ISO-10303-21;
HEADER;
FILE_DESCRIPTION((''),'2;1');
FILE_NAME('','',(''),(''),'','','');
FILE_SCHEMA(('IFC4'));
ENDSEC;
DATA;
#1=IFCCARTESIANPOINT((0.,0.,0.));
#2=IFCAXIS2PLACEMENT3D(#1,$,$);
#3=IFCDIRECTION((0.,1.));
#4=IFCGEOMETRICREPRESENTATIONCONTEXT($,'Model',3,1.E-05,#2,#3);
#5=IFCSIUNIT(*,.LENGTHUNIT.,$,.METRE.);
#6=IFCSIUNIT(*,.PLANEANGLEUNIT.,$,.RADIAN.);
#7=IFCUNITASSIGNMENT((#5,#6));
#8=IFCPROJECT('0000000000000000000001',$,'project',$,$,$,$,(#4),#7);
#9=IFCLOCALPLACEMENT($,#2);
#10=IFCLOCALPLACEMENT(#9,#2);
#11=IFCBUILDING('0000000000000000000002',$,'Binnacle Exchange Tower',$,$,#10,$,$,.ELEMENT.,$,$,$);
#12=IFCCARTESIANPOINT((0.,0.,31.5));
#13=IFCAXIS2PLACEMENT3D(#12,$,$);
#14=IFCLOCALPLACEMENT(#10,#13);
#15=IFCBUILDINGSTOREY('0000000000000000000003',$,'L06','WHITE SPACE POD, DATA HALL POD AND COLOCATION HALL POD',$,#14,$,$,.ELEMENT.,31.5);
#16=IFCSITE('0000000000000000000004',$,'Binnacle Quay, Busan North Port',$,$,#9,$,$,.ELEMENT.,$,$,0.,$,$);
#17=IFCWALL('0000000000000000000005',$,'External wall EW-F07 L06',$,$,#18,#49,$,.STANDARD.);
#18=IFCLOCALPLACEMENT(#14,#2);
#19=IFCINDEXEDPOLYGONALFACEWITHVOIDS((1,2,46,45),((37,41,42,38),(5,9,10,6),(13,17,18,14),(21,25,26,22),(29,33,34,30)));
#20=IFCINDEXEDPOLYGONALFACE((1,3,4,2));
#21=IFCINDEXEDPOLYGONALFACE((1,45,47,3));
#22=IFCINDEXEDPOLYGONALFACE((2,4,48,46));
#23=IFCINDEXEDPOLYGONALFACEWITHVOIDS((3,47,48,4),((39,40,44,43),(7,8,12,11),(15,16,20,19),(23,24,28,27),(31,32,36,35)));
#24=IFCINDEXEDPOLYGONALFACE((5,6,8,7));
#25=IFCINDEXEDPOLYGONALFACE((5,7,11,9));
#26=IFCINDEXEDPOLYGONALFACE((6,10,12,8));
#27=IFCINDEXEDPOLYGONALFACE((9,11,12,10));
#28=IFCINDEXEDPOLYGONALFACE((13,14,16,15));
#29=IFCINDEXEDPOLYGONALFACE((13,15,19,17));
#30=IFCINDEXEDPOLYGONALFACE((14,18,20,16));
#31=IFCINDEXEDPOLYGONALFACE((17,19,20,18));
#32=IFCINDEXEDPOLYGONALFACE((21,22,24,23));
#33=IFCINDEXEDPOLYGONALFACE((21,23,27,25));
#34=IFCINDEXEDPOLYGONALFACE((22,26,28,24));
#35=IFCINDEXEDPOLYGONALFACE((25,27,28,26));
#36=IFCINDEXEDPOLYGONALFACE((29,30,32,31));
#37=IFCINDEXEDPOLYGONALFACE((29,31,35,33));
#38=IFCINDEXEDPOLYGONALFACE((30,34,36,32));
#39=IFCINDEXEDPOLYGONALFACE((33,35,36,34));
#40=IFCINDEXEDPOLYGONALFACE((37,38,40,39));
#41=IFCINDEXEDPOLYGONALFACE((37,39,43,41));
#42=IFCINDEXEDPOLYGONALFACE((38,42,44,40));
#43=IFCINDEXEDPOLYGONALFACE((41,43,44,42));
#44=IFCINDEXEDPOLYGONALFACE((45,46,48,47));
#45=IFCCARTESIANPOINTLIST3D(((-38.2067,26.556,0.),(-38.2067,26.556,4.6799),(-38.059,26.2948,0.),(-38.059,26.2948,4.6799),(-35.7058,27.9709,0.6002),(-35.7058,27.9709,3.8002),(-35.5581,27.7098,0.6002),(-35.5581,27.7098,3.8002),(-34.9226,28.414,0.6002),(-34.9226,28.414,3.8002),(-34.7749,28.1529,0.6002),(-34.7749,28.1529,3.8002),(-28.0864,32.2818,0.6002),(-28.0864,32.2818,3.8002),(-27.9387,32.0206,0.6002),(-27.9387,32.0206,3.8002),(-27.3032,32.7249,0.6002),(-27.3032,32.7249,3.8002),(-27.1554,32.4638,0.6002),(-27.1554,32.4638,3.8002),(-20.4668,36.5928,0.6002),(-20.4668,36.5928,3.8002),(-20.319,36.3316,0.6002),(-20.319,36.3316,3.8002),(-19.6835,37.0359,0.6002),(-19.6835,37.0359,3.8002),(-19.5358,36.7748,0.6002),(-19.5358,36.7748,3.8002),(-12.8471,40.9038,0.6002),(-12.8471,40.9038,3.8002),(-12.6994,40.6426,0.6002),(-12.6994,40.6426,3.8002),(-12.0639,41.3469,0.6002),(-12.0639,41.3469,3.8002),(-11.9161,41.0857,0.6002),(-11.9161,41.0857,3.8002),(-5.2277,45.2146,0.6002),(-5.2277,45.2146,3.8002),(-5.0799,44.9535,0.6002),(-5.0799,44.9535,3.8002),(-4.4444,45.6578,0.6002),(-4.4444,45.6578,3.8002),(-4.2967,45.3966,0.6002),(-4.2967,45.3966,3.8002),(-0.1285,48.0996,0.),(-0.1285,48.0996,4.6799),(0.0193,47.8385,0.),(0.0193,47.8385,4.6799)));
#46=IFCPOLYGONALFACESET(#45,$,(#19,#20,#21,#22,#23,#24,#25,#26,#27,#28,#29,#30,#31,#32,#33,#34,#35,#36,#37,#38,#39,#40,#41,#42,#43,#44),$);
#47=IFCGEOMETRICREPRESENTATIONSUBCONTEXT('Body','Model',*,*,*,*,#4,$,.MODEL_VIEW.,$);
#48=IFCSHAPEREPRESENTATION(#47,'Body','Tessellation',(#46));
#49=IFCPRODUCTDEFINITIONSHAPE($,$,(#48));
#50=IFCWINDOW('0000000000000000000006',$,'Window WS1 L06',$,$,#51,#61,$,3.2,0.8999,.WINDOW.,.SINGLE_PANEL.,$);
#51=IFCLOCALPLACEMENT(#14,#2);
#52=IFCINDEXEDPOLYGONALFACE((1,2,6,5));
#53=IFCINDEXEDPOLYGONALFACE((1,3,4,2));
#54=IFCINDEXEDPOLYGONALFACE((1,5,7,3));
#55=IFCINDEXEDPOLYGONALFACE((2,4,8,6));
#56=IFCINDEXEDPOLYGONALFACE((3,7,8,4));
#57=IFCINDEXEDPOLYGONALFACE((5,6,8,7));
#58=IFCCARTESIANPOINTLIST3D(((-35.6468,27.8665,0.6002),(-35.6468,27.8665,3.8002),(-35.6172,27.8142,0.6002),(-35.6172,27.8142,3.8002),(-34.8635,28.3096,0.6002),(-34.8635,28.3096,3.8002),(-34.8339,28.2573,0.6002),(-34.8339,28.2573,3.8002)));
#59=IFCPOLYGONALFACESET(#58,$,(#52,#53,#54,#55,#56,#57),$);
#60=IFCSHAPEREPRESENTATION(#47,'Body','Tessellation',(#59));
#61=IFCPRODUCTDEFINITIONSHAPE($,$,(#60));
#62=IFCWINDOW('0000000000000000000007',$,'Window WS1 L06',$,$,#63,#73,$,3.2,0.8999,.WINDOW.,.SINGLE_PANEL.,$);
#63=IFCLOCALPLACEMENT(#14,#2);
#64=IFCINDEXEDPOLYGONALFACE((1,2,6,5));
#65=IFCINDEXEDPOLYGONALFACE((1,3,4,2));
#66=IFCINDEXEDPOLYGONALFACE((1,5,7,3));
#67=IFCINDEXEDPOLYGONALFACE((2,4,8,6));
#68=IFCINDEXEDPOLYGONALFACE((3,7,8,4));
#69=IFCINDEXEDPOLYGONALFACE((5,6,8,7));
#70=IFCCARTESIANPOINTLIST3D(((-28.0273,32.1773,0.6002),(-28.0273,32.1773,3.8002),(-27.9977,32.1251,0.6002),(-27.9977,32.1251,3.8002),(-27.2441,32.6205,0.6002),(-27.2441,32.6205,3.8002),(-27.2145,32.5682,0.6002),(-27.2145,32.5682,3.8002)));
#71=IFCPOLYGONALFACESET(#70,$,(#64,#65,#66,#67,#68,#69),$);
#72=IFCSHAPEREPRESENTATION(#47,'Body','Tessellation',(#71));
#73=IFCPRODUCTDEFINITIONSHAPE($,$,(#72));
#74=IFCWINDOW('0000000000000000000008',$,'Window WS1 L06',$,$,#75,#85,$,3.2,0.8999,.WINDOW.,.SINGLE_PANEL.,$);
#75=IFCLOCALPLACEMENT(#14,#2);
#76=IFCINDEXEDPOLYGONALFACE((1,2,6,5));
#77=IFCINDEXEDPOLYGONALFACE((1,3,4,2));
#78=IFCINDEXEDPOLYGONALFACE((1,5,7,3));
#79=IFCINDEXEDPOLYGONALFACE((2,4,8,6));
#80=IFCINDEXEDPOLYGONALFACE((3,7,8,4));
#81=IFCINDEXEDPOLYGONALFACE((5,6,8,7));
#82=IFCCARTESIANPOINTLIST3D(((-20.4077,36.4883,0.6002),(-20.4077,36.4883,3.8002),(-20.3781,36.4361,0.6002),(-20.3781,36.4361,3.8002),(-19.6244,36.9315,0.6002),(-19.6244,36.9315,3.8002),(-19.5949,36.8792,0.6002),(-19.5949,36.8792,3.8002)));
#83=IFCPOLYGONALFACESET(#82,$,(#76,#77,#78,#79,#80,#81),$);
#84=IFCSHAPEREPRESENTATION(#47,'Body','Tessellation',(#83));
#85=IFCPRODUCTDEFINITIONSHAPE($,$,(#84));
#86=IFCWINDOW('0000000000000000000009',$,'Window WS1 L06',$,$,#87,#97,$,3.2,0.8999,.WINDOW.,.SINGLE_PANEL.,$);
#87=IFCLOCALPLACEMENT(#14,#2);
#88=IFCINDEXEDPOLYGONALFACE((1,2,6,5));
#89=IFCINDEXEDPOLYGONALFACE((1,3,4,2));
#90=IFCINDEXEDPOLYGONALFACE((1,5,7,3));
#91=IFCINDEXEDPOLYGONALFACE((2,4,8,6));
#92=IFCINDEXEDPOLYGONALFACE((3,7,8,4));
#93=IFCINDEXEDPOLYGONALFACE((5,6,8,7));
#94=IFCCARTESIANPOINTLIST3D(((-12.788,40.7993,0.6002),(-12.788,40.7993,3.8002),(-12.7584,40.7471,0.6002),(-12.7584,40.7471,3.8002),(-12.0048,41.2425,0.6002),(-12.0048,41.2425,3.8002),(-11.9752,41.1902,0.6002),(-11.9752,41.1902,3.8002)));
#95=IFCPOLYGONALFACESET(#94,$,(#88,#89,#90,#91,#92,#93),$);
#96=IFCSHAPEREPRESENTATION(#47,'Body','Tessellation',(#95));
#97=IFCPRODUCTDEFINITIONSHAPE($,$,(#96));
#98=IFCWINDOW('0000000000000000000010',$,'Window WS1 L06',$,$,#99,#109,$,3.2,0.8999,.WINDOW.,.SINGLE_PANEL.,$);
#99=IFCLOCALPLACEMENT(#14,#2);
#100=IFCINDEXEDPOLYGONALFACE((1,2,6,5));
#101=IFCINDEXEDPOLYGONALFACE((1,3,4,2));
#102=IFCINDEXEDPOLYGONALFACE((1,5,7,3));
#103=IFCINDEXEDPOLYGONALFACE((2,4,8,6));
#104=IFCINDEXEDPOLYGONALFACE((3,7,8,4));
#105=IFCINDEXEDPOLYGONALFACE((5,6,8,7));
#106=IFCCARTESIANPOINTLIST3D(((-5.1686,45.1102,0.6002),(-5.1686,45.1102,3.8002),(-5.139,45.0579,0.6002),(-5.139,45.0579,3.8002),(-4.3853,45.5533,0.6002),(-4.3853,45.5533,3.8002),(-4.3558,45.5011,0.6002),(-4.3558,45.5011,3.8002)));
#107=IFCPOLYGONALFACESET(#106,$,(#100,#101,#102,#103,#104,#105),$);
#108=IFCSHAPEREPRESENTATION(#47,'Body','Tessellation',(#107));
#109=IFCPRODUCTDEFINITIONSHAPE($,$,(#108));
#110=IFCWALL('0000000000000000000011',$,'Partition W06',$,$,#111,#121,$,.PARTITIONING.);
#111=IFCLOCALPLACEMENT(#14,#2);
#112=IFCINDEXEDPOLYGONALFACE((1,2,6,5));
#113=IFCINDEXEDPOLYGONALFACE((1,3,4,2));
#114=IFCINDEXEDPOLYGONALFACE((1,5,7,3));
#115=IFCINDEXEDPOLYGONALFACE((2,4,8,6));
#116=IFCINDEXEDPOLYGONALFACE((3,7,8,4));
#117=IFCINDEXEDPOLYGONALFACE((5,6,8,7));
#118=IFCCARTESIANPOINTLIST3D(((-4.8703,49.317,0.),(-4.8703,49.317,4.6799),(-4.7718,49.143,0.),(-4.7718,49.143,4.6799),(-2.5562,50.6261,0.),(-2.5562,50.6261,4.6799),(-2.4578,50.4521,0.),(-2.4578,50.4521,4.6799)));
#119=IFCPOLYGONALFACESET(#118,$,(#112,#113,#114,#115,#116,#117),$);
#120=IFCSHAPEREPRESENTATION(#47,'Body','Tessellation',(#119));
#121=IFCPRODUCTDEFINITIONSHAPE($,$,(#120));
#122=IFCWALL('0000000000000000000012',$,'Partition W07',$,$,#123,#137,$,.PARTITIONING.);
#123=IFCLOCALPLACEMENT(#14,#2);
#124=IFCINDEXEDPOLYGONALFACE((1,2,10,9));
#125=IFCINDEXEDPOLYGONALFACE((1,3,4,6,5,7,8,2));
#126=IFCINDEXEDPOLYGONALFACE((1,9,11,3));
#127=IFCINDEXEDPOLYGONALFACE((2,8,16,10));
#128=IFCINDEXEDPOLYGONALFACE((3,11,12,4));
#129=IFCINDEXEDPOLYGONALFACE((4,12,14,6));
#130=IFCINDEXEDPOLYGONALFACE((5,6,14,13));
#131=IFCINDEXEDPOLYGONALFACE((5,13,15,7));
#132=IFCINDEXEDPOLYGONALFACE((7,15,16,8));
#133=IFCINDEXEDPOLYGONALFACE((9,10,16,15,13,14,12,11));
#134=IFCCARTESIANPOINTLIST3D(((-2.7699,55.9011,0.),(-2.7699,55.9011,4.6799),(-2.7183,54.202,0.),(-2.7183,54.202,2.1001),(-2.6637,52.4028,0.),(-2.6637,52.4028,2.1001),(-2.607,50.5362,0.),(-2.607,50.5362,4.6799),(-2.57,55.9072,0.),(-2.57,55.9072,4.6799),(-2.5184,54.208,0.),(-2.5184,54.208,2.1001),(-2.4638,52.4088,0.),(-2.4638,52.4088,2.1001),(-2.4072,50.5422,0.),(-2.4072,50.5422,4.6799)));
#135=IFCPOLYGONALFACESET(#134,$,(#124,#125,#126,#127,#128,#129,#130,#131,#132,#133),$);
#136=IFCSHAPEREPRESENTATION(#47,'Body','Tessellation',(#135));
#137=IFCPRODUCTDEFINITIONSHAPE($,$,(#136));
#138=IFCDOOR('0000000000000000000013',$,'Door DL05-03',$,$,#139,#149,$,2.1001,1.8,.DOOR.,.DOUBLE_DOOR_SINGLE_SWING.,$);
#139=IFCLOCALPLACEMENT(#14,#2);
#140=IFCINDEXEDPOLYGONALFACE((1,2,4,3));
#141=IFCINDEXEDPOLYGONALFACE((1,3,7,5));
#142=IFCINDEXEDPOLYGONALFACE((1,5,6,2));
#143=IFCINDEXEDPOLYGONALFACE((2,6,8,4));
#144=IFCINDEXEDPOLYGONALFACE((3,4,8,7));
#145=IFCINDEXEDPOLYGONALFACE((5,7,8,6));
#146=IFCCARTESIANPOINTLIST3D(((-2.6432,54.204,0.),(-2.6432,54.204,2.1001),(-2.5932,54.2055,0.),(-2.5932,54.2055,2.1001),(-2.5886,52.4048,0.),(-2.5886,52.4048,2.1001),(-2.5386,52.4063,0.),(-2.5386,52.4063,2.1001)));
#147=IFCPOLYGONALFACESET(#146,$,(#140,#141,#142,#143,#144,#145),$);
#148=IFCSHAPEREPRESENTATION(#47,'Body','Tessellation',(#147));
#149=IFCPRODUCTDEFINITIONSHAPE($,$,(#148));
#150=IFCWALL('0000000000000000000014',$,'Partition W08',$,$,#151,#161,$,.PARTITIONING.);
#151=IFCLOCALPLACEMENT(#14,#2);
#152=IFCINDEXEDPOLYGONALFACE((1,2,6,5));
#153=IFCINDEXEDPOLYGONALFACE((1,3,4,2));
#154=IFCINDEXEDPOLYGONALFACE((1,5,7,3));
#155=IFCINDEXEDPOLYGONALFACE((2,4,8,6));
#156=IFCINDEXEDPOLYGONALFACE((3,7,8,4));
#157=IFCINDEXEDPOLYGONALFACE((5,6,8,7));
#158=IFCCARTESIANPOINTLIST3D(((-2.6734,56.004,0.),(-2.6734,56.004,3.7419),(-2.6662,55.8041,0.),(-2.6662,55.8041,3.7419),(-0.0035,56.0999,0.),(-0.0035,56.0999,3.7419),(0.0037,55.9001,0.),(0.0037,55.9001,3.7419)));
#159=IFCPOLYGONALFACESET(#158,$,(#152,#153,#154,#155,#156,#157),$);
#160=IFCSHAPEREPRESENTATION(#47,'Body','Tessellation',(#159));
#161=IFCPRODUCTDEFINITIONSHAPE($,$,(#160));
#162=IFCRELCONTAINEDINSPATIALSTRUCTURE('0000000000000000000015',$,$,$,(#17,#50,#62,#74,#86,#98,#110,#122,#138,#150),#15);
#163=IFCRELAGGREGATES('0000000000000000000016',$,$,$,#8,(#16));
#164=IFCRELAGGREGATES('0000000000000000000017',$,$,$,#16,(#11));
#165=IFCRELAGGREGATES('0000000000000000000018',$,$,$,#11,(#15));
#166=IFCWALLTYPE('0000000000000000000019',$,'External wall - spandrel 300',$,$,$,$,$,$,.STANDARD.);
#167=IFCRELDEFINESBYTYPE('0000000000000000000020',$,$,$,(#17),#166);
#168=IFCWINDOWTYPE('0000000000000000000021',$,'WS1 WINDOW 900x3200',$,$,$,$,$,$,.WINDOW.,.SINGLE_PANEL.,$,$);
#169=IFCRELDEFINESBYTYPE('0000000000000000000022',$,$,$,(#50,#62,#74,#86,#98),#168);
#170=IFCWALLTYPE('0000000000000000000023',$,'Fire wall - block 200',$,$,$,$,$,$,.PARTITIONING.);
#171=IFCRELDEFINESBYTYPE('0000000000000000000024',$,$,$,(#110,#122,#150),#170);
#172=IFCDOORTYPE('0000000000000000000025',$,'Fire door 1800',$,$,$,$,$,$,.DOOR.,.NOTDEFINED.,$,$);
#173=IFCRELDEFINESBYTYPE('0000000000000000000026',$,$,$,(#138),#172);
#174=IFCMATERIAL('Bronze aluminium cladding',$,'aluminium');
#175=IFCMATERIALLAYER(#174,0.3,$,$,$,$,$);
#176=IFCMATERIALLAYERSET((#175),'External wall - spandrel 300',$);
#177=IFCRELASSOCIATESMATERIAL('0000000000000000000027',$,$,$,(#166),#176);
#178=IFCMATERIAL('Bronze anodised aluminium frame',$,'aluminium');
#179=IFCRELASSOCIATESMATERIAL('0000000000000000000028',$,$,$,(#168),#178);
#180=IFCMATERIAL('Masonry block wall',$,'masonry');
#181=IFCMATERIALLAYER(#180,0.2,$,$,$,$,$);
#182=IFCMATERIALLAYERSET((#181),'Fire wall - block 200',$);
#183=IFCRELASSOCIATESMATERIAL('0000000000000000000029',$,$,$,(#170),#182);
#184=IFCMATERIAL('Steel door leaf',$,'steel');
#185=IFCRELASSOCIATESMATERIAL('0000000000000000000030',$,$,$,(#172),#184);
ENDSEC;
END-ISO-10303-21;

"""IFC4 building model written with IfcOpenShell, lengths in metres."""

from ifc_helpers import new_model, si_unit, direction, frame, frame_2d, origin, place, context, subcontext, project, spatial, rectangle, extrude, material, layer, layer_set, type_object, element, fill, save


model = new_model("IFC4")

# Units and contexts
model_context = context("Model", 3, precision=1e-05, world=origin(), true_north=direction((0.0, 1.0)))
body_context = subcontext(model_context, "Body", "Model", "MODEL_VIEW")
ifc_project = project(units=[si_unit("LENGTHUNIT", "METRE"), si_unit("PLANEANGLEUNIT", "RADIAN")], contexts=[model_context])

# Site, building, storey
site_placement = place(None, origin())
site = spatial("IfcSite", under=ifc_project, at=site_placement, Name="Binnacle Quay, Busan North Port", CompositionType="ELEMENT", RefElevation=0.0)
building_placement = place(site_placement, origin())
building = spatial("IfcBuilding", under=site, at=building_placement, Name="Binnacle Exchange Tower", CompositionType="ELEMENT")
storey_placement = place(building_placement, frame((0.0, 0.0, 31.5)))
storey = spatial("IfcBuildingStorey", under=building, at=storey_placement, Name="L06", Description="WHITE SPACE POD, DATA HALL POD AND COLOCATION HALL POD", CompositionType="ELEMENT", Elevation=31.5)

# Shared definitions
ifc_material_1 = material(Name="Steel door leaf", Category="steel")

# Wall, openings, windows
ifc_material_2 = material(Name="Bronze aluminium cladding", Category="aluminium")
ifc_layer_1 = layer(ifc_material_2, 0.3)
ifc_layer_set_1 = layer_set([ifc_layer_1], Name="External wall - spandrel 300")
wall_type_1 = type_object("IfcWallType", Name="External wall - spandrel 300", PredefinedType="STANDARD", material=ifc_layer_set_1)
wall_1_placement = place(storey_placement, frame((-0.0547, 47.969, 0.0), z_axis=(0.0, 0.0, 1.0), x_axis=(-0.870356, -0.492423, 0.0)))
wall_1 = element("IfcWall", 1, at=wall_1_placement, inside=storey, type_object=wall_type_1, Name="External wall EW-F07 L06", PredefinedType="STANDARD", context=body_context, shape_type="SweptSolid", body=[
    extrude(rectangle(XDim=43.7502, YDim=0.3, at=frame_2d((21.875, 0.0))), origin(), (0.0, 0.0, 1.0), 4.6799),
])
opening_1_placement = place(wall_1_placement, frame((39.9768, 0.0, 0.6001)))
opening_1 = element("IfcOpeningElement", 2, at=opening_1_placement, cuts=wall_1, PredefinedType="OPENING", context=body_context, shape_type="SweptSolid", body=[
    extrude(rectangle(XDim=0.8999, YDim=3.2, at=frame_2d((0.45, 1.6001))), frame((0.0, 0.1599, 0.0), z_axis=(0.0, -1.0, 0.0), x_axis=(1.0, 0.0, 0.0)), (0.0, 0.0, 1.0), 0.3201),
])
opening_2_placement = place(wall_1_placement, frame((31.2224, 0.0, 0.6001)))
opening_2 = element("IfcOpeningElement", 3, at=opening_2_placement, cuts=wall_1, PredefinedType="OPENING", context=body_context, shape_type="SweptSolid", body=[
    extrude(rectangle(XDim=0.8999, YDim=3.2, at=frame_2d((0.45, 1.6001))), frame((0.0, 0.1599, 0.0), z_axis=(0.0, -1.0, 0.0), x_axis=(1.0, 0.0, 0.0)), (0.0, 0.0, 1.0), 0.3201),
])
opening_3_placement = place(wall_1_placement, frame((22.4678, 0.0, 0.6001)))
opening_3 = element("IfcOpeningElement", 4, at=opening_3_placement, cuts=wall_1, PredefinedType="OPENING", context=body_context, shape_type="SweptSolid", body=[
    extrude(rectangle(XDim=0.8999, YDim=3.2, at=frame_2d((0.45, 1.6001))), frame((0.0, 0.1599, 0.0), z_axis=(0.0, -1.0, 0.0), x_axis=(1.0, 0.0, 0.0)), (0.0, 0.0, 1.0), 0.3201),
])
opening_4_placement = place(wall_1_placement, frame((13.7131, 0.0, 0.6001)))
opening_4 = element("IfcOpeningElement", 5, at=opening_4_placement, cuts=wall_1, PredefinedType="OPENING", context=body_context, shape_type="SweptSolid", body=[
    extrude(rectangle(XDim=0.8999, YDim=3.2, at=frame_2d((0.45, 1.6001))), frame((0.0, 0.1599, 0.0), z_axis=(0.0, -1.0, 0.0), x_axis=(1.0, 0.0, 0.0)), (0.0, 0.0, 1.0), 0.3201),
])
opening_5_placement = place(wall_1_placement, frame((4.9587, 0.0, 0.6001)))
opening_5 = element("IfcOpeningElement", 6, at=opening_5_placement, cuts=wall_1, PredefinedType="OPENING", context=body_context, shape_type="SweptSolid", body=[
    extrude(rectangle(XDim=0.8999, YDim=3.2, at=frame_2d((0.45, 1.6001))), frame((0.0, 0.1599, 0.0), z_axis=(0.0, -1.0, 0.0), x_axis=(1.0, 0.0, 0.0)), (0.0, 0.0, 1.0), 0.3201),
])
ifc_material_3 = material(Name="Bronze anodised aluminium frame", Category="aluminium")
window_type = type_object("IfcWindowType", Name="WS1 WINDOW 900x3200", PartitioningType="SINGLE_PANEL", PredefinedType="WINDOW", material=ifc_material_3)
window_1_placement = place(opening_1_placement, origin())
window_1 = element("IfcWindow", 7, at=window_1_placement, inside=storey, type_object=window_type, Name="Window WS1 L06", OverallHeight=3.2, OverallWidth=0.8999, PartitioningType="SINGLE_PANEL", PredefinedType="WINDOW", context=body_context, shape_type="SweptSolid", body=[
    extrude(rectangle(XDim=0.8999, YDim=3.2, at=frame_2d((0.45, 1.6001))), frame((0.0, 0.03, 0.0), z_axis=(0.0, -1.0, 0.0), x_axis=(1.0, 0.0, 0.0)), (0.0, 0.0, 1.0), 0.0601),
])
fill(opening_1, window_1)
window_2_placement = place(opening_2_placement, origin())
window_2 = element("IfcWindow", 8, at=window_2_placement, inside=storey, type_object=window_type, Name="Window WS1 L06", OverallHeight=3.2, OverallWidth=0.8999, PartitioningType="SINGLE_PANEL", PredefinedType="WINDOW", context=body_context, shape_type="SweptSolid", body=[
    extrude(rectangle(XDim=0.8999, YDim=3.2, at=frame_2d((0.45, 1.6001))), frame((0.0, 0.03, 0.0), z_axis=(0.0, -1.0, 0.0), x_axis=(1.0, 0.0, 0.0)), (0.0, 0.0, 1.0), 0.0601),
])
fill(opening_2, window_2)
window_3_placement = place(opening_3_placement, origin())
window_3 = element("IfcWindow", 9, at=window_3_placement, inside=storey, type_object=window_type, Name="Window WS1 L06", OverallHeight=3.2, OverallWidth=0.8999, PartitioningType="SINGLE_PANEL", PredefinedType="WINDOW", context=body_context, shape_type="SweptSolid", body=[
    extrude(rectangle(XDim=0.8999, YDim=3.2, at=frame_2d((0.45, 1.6001))), frame((0.0, 0.03, 0.0), z_axis=(0.0, -1.0, 0.0), x_axis=(1.0, 0.0, 0.0)), (0.0, 0.0, 1.0), 0.0601),
])
fill(opening_3, window_3)
window_4_placement = place(opening_4_placement, origin())
window_4 = element("IfcWindow", 10, at=window_4_placement, inside=storey, type_object=window_type, Name="Window WS1 L06", OverallHeight=3.2, OverallWidth=0.8999, PartitioningType="SINGLE_PANEL", PredefinedType="WINDOW", context=body_context, shape_type="SweptSolid", body=[
    extrude(rectangle(XDim=0.8999, YDim=3.2, at=frame_2d((0.45, 1.6001))), frame((0.0, 0.03, 0.0), z_axis=(0.0, -1.0, 0.0), x_axis=(1.0, 0.0, 0.0)), (0.0, 0.0, 1.0), 0.0601),
])
fill(opening_4, window_4)
window_5_placement = place(opening_5_placement, origin())
window_5 = element("IfcWindow", 11, at=window_5_placement, inside=storey, type_object=window_type, Name="Window WS1 L06", OverallHeight=3.2, OverallWidth=0.8999, PartitioningType="SINGLE_PANEL", PredefinedType="WINDOW", context=body_context, shape_type="SweptSolid", body=[
    extrude(rectangle(XDim=0.8999, YDim=3.2, at=frame_2d((0.45, 1.6001))), frame((0.0, 0.03, 0.0), z_axis=(0.0, -1.0, 0.0), x_axis=(1.0, 0.0, 0.0)), (0.0, 0.0, 1.0), 0.0601),
])
fill(opening_5, window_5)

# Wall
ifc_material_4 = material(Name="Masonry block wall", Category="masonry")
ifc_layer_2 = layer(ifc_material_4, 0.2)
ifc_layer_set_2 = layer_set([ifc_layer_2], Name="Fire wall - block 200")
wall_type_2 = type_object("IfcWallType", Name="Fire wall - block 200", PredefinedType="PARTITIONING", material=ifc_layer_set_2)
wall_2_placement = place(storey_placement, frame((-4.821, 49.23, 0.0), z_axis=(0.0, 0.0, 1.0), x_axis=(0.870371, 0.492396, 0.0)))
element("IfcWall", 12, at=wall_2_placement, inside=storey, type_object=wall_type_2, Name="Partition W06", PredefinedType="PARTITIONING", context=body_context, shape_type="SweptSolid", body=[
    extrude(rectangle(XDim=2.6587, YDim=0.2, at=frame_2d((1.3293, 0.0))), origin(), (0.0, 0.0, 1.0), 4.6799),
])

# Wall, opening, door
wall_3_placement = place(storey_placement, frame((-2.6699, 55.9041, 0.0), z_axis=(0.0, 0.0, 1.0), x_axis=(0.030339, -0.99954, 0.0)))
wall_3 = element("IfcWall", 13, at=wall_3_placement, inside=storey, type_object=wall_type_2, Name="Partition W07", PredefinedType="PARTITIONING", context=body_context, shape_type="SweptSolid", body=[
    extrude(rectangle(XDim=5.3674, YDim=0.2, at=frame_2d((2.6836, 0.0))), origin(), (0.0, 0.0, 1.0), 4.6799),
])
opening_6_placement = place(wall_3_placement, frame((1.7, 0.0, 0.0)))
opening_6 = element("IfcOpeningElement", 14, at=opening_6_placement, cuts=wall_3, PredefinedType="OPENING", context=body_context, shape_type="SweptSolid", body=[
    extrude(rectangle(XDim=1.8, YDim=2.1001, at=frame_2d((0.8999, 1.05))), frame((0.0, 0.1099, 0.0), z_axis=(0.0, -1.0, 0.0), x_axis=(1.0, 0.0, 0.0)), (0.0, 0.0, 1.0), 0.22),
])
door_type_1 = type_object("IfcDoorType", Name="Fire door 1800", OperationType="NOTDEFINED", PredefinedType="DOOR", material=ifc_material_1)
door_1_placement = place(opening_6_placement, frame((1.8, 0.0, 0.0), z_axis=(0.0, 0.0, 1.0), x_axis=(-1.0, 0.0, 0.0)))
door_1 = element("IfcDoor", 15, at=door_1_placement, inside=storey, type_object=door_type_1, Name="Door DL05-03", OperationType="DOUBLE_DOOR_SINGLE_SWING", OverallHeight=2.1001, OverallWidth=1.8, PredefinedType="DOOR", context=body_context, shape_type="SweptSolid", body=[
    extrude(rectangle(XDim=1.8, YDim=2.1001, at=frame_2d((0.8999, 1.05))), frame((0.0, 0.0249, 0.0), z_axis=(0.0, -1.0, 0.0), x_axis=(1.0, 0.0, 0.0)), (0.0, 0.0, 1.0), 0.05),
])
fill(opening_6, door_1)

# Wall
wall_4_placement = place(storey_placement, frame((-2.6699, 55.9041, 0.0), z_axis=(0.0, 0.0, 1.0), x_axis=(0.999355, 0.035913, 0.0)))
element("IfcWall", 16, at=wall_4_placement, inside=storey, type_object=wall_type_2, Name="Partition W08", PredefinedType="PARTITIONING", context=body_context, shape_type="SweptSolid", body=[
    extrude(rectangle(XDim=2.6716, YDim=0.2, at=frame_2d((1.3359, 0.0))), origin(), (0.0, 0.0, 1.0), 3.7419),
])

save(model, "model.ifc")
